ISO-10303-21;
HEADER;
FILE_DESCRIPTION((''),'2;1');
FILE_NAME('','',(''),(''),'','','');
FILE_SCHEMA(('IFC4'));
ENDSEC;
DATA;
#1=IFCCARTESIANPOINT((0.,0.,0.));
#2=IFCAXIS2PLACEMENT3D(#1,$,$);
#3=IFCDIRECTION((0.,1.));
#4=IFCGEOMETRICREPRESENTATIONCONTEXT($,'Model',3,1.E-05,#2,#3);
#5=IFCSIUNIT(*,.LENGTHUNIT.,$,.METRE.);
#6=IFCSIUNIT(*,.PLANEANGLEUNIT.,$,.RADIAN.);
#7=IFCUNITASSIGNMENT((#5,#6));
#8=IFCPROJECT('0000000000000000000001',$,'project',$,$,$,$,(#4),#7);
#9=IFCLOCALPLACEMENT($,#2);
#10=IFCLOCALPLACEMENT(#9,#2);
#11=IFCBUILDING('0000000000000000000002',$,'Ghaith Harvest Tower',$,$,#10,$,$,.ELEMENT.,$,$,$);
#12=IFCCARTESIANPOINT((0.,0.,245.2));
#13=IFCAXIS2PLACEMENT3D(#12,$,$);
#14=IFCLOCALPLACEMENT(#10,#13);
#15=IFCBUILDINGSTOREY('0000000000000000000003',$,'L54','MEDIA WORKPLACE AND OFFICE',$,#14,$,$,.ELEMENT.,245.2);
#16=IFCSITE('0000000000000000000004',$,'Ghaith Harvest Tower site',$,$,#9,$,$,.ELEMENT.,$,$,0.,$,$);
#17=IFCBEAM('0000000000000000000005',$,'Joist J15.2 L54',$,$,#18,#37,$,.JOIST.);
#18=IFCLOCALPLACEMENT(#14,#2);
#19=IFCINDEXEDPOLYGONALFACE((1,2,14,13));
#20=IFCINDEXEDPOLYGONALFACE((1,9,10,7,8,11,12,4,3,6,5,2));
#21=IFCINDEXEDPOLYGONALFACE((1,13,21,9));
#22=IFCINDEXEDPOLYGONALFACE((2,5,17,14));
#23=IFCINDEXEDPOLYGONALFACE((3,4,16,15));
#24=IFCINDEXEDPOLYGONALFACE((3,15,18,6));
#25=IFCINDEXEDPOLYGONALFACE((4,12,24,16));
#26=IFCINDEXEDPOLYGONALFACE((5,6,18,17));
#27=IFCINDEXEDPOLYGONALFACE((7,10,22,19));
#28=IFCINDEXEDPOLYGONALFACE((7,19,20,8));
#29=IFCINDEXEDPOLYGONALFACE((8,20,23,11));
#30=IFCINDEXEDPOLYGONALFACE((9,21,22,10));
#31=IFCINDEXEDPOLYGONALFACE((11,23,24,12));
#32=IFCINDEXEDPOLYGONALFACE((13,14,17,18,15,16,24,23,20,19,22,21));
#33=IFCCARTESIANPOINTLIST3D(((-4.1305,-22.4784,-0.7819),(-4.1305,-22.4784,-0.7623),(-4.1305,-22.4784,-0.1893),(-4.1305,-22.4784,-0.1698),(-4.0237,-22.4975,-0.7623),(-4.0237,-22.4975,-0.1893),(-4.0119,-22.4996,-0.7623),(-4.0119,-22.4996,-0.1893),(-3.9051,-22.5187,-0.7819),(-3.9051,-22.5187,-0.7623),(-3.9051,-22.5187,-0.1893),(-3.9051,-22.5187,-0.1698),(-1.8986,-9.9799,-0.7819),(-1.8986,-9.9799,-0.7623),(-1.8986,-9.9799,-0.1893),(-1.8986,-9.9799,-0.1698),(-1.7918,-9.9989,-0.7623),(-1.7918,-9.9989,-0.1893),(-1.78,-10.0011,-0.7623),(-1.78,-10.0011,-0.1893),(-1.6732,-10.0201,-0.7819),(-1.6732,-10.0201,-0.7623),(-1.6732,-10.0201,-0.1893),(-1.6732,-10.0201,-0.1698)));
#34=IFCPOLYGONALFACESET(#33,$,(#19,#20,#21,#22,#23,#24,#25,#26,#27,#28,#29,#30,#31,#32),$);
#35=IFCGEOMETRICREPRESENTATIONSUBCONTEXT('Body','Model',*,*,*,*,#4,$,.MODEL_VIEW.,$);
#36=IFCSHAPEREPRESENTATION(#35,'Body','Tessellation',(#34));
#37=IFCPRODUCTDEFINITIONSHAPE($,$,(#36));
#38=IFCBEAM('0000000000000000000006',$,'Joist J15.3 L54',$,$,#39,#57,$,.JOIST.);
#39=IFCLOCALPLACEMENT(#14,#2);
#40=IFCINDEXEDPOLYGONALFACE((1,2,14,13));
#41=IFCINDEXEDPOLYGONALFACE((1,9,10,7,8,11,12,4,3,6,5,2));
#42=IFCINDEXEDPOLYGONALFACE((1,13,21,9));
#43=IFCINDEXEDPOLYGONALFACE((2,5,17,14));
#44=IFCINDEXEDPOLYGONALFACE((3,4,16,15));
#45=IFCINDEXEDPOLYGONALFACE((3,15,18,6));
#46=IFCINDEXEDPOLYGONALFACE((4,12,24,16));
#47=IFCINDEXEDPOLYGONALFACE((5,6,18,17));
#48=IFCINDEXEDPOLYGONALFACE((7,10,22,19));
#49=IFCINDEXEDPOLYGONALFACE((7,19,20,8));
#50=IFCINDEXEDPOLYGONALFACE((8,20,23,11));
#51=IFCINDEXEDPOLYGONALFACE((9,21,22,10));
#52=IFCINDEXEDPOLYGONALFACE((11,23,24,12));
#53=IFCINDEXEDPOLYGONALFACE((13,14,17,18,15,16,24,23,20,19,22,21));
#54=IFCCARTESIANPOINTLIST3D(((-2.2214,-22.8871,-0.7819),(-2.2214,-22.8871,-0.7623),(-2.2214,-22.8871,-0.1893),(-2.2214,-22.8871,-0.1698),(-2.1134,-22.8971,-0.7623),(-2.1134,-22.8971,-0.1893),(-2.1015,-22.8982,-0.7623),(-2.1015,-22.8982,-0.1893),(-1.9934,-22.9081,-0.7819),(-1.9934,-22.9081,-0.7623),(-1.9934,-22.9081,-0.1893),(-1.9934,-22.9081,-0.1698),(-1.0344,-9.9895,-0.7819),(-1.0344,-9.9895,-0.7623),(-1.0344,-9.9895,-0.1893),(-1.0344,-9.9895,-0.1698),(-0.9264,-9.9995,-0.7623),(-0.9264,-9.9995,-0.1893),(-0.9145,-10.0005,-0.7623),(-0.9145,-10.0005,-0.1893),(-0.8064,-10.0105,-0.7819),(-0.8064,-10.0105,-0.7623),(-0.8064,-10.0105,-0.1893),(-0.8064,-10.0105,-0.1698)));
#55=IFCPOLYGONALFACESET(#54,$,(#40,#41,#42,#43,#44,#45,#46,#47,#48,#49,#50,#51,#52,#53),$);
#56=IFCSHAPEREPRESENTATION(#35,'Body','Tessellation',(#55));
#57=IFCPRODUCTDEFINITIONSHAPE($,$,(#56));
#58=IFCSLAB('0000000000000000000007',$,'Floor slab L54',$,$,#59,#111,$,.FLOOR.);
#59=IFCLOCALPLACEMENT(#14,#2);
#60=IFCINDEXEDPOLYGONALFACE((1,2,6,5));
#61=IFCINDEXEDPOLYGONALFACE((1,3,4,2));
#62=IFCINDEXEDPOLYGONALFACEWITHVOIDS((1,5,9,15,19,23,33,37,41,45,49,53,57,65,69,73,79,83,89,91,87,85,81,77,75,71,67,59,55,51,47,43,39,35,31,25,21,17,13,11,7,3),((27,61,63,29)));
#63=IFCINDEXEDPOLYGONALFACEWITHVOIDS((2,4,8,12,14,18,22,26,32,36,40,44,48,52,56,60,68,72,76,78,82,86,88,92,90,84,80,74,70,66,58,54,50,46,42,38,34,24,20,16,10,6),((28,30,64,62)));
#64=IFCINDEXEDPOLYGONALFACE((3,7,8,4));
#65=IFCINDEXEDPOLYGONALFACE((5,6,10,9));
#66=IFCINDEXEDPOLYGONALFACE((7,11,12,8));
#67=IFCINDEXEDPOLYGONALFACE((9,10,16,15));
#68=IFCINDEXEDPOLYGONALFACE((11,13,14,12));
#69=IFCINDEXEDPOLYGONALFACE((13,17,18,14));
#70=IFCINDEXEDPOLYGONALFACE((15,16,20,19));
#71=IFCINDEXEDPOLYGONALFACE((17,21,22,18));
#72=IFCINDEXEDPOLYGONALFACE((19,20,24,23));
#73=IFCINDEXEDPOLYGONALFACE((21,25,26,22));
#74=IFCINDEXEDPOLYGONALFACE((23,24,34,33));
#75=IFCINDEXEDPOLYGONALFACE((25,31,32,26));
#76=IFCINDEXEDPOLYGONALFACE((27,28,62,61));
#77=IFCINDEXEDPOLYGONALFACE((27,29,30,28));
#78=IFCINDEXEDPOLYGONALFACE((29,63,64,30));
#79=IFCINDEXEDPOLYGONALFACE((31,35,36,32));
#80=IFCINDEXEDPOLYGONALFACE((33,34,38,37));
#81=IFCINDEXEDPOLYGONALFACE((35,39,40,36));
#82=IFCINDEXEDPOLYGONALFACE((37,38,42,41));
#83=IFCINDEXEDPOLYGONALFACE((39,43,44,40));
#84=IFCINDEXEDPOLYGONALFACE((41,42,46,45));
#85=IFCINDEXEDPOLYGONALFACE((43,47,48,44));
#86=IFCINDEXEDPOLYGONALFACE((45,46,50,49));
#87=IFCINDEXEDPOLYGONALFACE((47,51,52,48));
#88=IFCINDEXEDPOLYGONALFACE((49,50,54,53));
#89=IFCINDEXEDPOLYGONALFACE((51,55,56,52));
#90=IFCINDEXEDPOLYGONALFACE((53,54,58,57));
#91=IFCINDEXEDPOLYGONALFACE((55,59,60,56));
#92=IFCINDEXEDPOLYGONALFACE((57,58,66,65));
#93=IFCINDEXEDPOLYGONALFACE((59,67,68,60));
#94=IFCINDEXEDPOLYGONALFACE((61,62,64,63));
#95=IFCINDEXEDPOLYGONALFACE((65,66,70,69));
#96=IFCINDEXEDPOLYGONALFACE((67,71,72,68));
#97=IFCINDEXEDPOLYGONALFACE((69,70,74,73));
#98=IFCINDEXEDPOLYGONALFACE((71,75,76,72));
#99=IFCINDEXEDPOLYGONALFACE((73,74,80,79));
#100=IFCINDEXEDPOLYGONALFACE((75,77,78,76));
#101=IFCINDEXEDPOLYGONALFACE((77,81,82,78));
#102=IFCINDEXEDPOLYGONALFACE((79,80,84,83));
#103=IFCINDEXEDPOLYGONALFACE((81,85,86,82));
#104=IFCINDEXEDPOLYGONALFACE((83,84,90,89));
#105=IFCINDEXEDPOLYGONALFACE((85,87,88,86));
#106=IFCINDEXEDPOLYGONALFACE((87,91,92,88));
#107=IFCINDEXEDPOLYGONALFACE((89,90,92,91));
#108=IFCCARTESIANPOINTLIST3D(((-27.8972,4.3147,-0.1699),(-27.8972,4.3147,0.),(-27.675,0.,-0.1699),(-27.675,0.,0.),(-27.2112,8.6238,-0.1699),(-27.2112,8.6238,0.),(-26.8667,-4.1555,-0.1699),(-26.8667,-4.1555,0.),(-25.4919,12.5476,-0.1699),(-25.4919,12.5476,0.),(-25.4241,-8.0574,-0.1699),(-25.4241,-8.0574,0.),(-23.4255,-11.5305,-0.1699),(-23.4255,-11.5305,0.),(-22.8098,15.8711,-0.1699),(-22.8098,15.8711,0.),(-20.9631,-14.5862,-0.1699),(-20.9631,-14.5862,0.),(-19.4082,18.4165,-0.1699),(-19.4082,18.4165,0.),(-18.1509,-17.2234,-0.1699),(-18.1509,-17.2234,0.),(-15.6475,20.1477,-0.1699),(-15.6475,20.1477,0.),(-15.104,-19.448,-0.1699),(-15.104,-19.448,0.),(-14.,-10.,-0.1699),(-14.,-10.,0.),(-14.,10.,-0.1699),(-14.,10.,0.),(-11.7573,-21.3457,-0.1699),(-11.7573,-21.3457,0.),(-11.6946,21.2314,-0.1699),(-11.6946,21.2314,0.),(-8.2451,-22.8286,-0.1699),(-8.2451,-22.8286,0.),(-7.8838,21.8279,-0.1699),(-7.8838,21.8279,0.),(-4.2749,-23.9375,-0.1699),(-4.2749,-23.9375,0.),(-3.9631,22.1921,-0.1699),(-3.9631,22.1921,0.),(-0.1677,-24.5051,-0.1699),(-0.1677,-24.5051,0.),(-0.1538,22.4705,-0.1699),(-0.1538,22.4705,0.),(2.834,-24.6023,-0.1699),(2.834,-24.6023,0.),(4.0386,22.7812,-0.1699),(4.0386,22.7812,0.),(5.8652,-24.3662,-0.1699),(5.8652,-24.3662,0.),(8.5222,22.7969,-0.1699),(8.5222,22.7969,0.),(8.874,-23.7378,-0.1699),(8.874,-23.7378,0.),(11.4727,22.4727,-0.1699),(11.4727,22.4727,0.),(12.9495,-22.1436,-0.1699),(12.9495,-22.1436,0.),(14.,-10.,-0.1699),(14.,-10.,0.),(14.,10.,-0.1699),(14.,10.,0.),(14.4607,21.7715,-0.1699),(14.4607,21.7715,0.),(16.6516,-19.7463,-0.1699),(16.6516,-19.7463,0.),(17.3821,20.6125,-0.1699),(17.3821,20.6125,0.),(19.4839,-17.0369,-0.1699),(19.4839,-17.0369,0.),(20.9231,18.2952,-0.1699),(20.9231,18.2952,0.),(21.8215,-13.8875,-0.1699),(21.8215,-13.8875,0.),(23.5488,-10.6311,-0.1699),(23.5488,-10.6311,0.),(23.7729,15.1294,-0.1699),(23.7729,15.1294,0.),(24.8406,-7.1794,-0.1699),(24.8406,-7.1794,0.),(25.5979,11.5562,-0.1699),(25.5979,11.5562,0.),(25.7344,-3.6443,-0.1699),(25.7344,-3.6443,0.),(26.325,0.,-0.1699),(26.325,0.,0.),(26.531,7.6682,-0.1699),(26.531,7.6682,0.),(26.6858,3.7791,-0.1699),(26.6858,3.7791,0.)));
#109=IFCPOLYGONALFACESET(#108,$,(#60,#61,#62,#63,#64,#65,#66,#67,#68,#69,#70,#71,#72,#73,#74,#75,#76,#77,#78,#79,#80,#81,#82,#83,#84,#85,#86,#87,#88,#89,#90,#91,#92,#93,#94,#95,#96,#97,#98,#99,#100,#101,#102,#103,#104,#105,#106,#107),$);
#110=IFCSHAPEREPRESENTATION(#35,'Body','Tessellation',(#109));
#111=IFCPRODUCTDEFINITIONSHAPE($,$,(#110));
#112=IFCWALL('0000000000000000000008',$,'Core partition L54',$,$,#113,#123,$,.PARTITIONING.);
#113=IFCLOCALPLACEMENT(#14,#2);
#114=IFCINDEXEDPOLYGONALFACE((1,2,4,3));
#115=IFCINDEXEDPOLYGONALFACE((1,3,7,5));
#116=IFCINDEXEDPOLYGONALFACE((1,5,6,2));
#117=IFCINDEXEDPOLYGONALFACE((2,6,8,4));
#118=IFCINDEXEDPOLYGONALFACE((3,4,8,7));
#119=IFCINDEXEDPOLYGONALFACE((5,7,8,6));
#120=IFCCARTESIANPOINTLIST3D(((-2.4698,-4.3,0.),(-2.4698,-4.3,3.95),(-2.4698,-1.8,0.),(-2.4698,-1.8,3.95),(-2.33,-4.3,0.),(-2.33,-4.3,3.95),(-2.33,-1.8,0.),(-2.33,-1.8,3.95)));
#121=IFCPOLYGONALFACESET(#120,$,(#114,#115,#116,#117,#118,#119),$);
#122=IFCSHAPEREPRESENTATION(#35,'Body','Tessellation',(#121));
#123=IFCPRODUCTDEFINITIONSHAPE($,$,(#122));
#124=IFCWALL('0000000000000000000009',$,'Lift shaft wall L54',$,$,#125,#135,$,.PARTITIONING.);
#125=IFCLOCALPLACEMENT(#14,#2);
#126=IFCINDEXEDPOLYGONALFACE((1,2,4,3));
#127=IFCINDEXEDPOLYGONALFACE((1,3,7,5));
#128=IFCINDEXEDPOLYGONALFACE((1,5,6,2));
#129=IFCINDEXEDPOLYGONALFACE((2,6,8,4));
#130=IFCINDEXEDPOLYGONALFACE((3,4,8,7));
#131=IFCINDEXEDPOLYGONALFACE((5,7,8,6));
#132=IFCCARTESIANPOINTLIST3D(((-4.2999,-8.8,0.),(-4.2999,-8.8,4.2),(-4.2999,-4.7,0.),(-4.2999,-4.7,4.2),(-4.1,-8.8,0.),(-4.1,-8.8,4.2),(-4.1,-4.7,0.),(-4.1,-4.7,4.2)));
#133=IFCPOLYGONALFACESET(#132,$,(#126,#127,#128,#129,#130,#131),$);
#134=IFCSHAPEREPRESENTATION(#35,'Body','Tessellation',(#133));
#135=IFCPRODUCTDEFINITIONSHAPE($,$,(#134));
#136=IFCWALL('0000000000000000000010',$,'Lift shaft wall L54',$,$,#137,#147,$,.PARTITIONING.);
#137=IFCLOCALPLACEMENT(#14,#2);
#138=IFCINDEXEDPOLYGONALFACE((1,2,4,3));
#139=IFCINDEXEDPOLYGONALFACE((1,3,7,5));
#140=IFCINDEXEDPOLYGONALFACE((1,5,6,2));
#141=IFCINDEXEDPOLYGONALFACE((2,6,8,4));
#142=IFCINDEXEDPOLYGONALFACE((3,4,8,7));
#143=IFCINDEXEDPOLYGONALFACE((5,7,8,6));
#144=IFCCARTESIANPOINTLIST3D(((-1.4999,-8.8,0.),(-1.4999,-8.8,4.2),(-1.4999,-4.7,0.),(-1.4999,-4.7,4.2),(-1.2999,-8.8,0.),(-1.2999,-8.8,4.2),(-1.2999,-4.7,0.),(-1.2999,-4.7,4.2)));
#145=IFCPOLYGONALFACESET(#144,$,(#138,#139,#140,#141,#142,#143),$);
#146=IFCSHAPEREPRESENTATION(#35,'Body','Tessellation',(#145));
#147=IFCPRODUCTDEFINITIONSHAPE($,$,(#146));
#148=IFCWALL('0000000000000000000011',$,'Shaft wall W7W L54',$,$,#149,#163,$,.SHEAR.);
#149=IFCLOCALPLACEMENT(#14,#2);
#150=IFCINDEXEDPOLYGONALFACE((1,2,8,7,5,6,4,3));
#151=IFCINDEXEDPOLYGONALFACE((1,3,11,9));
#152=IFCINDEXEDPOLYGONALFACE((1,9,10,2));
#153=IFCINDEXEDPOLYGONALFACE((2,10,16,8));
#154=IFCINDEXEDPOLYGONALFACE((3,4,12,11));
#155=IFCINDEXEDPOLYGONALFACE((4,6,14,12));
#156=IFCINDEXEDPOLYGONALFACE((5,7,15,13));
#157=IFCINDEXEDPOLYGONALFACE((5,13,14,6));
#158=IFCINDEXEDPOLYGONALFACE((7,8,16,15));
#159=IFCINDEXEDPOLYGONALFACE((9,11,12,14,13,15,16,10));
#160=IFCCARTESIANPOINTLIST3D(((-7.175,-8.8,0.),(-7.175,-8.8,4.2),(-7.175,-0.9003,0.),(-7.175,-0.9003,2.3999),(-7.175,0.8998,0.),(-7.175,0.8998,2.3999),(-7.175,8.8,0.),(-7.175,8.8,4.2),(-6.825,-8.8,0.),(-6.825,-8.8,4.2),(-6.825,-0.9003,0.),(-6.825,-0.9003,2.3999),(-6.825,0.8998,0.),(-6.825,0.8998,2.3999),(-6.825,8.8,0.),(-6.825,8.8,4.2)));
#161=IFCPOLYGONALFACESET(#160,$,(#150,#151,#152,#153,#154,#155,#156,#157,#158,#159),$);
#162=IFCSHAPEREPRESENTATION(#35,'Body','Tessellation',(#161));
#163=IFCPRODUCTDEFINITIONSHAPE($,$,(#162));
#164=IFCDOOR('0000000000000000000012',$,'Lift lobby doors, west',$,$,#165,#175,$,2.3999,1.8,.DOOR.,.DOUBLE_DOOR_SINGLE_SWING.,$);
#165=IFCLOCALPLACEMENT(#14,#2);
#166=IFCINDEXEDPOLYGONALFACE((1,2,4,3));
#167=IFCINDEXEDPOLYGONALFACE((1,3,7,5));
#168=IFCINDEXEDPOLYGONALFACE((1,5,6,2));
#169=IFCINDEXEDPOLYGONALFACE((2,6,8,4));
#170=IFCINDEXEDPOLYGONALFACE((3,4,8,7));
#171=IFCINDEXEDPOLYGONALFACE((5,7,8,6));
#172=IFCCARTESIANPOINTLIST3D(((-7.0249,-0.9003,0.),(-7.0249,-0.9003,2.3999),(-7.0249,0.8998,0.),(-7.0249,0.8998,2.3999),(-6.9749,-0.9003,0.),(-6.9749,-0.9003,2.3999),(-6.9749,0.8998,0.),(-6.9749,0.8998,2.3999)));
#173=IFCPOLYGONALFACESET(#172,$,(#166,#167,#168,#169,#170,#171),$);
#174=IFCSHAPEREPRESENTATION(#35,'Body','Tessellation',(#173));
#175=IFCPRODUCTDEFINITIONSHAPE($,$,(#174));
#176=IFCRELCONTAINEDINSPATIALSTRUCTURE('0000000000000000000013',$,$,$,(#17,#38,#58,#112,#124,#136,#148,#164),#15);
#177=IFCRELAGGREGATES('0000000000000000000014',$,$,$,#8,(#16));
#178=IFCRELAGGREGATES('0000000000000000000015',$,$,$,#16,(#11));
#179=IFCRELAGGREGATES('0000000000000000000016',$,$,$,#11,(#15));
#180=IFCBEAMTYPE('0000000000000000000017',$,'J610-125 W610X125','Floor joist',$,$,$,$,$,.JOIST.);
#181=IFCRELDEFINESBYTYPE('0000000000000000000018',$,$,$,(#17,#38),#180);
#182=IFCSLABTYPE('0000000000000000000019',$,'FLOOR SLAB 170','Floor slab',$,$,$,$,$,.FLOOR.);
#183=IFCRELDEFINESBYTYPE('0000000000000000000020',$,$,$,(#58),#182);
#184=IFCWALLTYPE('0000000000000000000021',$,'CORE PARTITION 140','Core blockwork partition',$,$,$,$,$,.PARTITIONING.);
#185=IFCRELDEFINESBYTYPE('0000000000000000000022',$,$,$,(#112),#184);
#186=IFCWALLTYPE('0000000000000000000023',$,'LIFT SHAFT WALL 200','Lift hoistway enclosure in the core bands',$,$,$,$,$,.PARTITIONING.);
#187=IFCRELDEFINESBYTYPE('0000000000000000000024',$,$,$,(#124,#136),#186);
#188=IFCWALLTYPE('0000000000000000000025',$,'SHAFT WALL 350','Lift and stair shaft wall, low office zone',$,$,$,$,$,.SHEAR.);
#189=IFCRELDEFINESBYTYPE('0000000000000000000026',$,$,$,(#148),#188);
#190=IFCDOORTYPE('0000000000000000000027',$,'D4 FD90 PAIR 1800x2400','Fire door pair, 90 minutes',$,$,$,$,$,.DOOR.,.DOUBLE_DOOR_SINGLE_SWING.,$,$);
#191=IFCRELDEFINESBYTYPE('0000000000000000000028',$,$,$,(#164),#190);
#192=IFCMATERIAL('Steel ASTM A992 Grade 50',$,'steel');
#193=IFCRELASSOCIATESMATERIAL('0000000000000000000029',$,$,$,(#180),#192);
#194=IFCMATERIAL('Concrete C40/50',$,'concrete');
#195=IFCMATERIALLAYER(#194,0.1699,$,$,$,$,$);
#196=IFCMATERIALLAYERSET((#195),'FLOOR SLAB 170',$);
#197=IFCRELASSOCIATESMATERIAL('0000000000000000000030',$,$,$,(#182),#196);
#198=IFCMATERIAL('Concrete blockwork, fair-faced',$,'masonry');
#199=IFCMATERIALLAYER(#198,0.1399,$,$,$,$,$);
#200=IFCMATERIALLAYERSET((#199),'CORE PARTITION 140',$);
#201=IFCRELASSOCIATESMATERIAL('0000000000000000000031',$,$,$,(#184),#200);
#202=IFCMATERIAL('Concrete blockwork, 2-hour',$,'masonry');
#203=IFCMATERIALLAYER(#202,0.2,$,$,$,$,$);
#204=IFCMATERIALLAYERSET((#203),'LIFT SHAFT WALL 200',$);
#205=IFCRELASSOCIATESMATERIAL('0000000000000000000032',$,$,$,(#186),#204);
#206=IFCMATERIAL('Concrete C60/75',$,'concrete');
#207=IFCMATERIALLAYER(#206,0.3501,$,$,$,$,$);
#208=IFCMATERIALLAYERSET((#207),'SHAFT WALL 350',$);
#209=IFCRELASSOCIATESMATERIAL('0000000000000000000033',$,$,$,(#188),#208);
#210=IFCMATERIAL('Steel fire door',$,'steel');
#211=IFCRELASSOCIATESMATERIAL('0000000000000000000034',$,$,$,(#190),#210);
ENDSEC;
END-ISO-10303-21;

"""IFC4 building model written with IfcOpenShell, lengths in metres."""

from ifc_helpers import new_model, si_unit, direction, frame, frame_2d, origin, origin_2d, place, context, subcontext, project, spatial, polyline, rectangle, i_section, outline, extrude, material, layer, layer_set, material_profile, profile_set, type_object, element, fill, save


model = new_model("IFC4")

# Units and contexts
model_context = context("Model", 3, precision=1e-05, world=origin(), true_north=direction((0.0, 1.0)))
body_context = subcontext(model_context, "Body", "Model", "MODEL_VIEW")
ifc_project = project(units=[si_unit("LENGTHUNIT", "METRE"), si_unit("PLANEANGLEUNIT", "RADIAN")], contexts=[model_context])

# Site, building, storey
site_placement = place(None, origin())
site = spatial("IfcSite", under=ifc_project, at=site_placement, Name="Ghaith Harvest Tower site", CompositionType="ELEMENT", RefElevation=0.0)
building_placement = place(site_placement, origin())
building = spatial("IfcBuilding", under=site, at=building_placement, Name="Ghaith Harvest Tower", CompositionType="ELEMENT")
storey_placement = place(building_placement, frame((0.0, 0.0, 245.2)))
storey = spatial("IfcBuildingStorey", under=building, at=storey_placement, Name="L54", Description="MEDIA WORKPLACE AND OFFICE", CompositionType="ELEMENT", Elevation=245.2)

# Beams
ifc_material_1 = material(Name="Steel ASTM A992 Grade 50", Category="steel")
ifc_material_profile_1 = material_profile(ifc_material_1, i_section(OverallWidth=0.229, OverallDepth=0.6121, WebThickness=0.012, FlangeThickness=0.0195, at=origin_2d()), Name="W610X125")
ifc_profile_set_1 = profile_set([ifc_material_profile_1], Name="Steel ASTM A992 Grade 50")
beam_type_1 = type_object("IfcBeamType", Name="J610-125 W610X125", Description="Floor joist", PredefinedType="JOIST", material=ifc_profile_set_1)
beam_1_placement = place(storey_placement, frame((-1.7859, -10.0, -0.4758), z_axis=(-0.175795, -0.984427, 0.0), x_axis=(0.984427, -0.175795, 0.0)))
element("IfcBeam", 1, at=beam_1_placement, inside=storey, type_object=beam_type_1, Name="Joist J15.2 L54", PredefinedType="JOIST", context=body_context, shape_type="SweptSolid", body=[
    extrude(i_section(OverallWidth=0.229, OverallDepth=0.6121, WebThickness=0.012, FlangeThickness=0.0195, at=origin_2d()), origin(), (0.0, 0.0, 1.0), 12.6963),
])
beam_2_placement = place(storey_placement, frame((-0.9204, -10.0, -0.4758), z_axis=(-0.091645, -0.995792, 0.0), x_axis=(0.995792, -0.091645, 0.0)))
element("IfcBeam", 2, at=beam_2_placement, inside=storey, type_object=beam_type_1, Name="Joist J15.3 L54", PredefinedType="JOIST", context=body_context, shape_type="SweptSolid", body=[
    extrude(i_section(OverallWidth=0.229, OverallDepth=0.6121, WebThickness=0.012, FlangeThickness=0.0195, at=origin_2d()), origin(), (0.0, 0.0, 1.0), 12.9521),
])

# Slab
ifc_material_2 = material(Name="Concrete C40/50", Category="concrete")
ifc_layer_1 = layer(ifc_material_2, 0.1699)
ifc_layer_set_1 = layer_set([ifc_layer_1], Name="FLOOR SLAB 170")
slab_type = type_object("IfcSlabType", Name="FLOOR SLAB 170", Description="Floor slab", PredefinedType="FLOOR", material=ifc_layer_set_1)
slab_placement = place(storey_placement, frame((0.0, 0.0, -0.1699)))
element("IfcSlab", 3, at=slab_placement, inside=storey, type_object=slab_type, Name="Floor slab L54", PredefinedType="FLOOR", context=body_context, shape_type="SweptSolid", body=[
    extrude(outline(polyline([(26.325, 0.0), (26.6858, 3.7791), (26.531, 7.6682), (25.5979, 11.5562), (23.7729, 15.1294), (20.9231, 18.2952), (17.3821, 20.6125), (14.4607, 21.7715), (11.4727, 22.4727), (8.5222, 22.7969), (4.0386, 22.7812), (-0.1538, 22.4705), (-3.9631, 22.1921), (-7.8838, 21.8279), (-11.6946, 21.2314), (-15.6475, 20.1477), (-19.4082, 18.4165), (-22.8098, 15.8711), (-25.4919, 12.5476), (-27.2112, 8.6238), (-27.8972, 4.3147), (-27.675, 0.0), (-26.8667, -4.1555), (-25.4241, -8.0574), (-23.4255, -11.5305), (-20.9631, -14.5862), (-18.1509, -17.2234), (-15.104, -19.448), (-11.7573, -21.3457), (-8.2451, -22.8286), (-4.2749, -23.9375), (-0.1677, -24.5051), (2.834, -24.6023), (5.8652, -24.3662), (8.874, -23.7378), (12.9495, -22.1436), (16.6516, -19.7463), (19.4839, -17.0369), (21.8215, -13.8875), (23.5488, -10.6311), (24.8406, -7.1794), (25.7344, -3.6443), (26.325, 0.0)]), holes=[polyline([(-14.0, -10.0), (14.0, -10.0), (14.0, 10.0), (-14.0, 10.0), (-14.0, -10.0)])]), origin(), (0.0, 0.0, 1.0), 0.1699),
])

# Walls
ifc_material_3 = material(Name="Concrete blockwork, fair-faced", Category="masonry")
ifc_layer_2 = layer(ifc_material_3, 0.1399)
ifc_layer_set_2 = layer_set([ifc_layer_2], Name="CORE PARTITION 140")
wall_type_1 = type_object("IfcWallType", Name="CORE PARTITION 140", Description="Core blockwork partition", PredefinedType="PARTITIONING", material=ifc_layer_set_2)
wall_1_placement = place(storey_placement, frame((-2.3999, -1.8, 0.0), z_axis=(0.0, 0.0, 1.0), x_axis=(0.0, -1.0, 0.0)))
element("IfcWall", 4, at=wall_1_placement, inside=storey, type_object=wall_type_1, Name="Core partition L54", PredefinedType="PARTITIONING", context=body_context, shape_type="SweptSolid", body=[
    extrude(rectangle(XDim=2.5, YDim=0.1399, at=frame_2d((1.25, 0.0))), origin(), (0.0, 0.0, 1.0), 3.95),
])
ifc_material_4 = material(Name="Concrete blockwork, 2-hour", Category="masonry")
ifc_layer_3 = layer(ifc_material_4, 0.2)
ifc_layer_set_3 = layer_set([ifc_layer_3], Name="LIFT SHAFT WALL 200")
wall_type_2 = type_object("IfcWallType", Name="LIFT SHAFT WALL 200", Description="Lift hoistway enclosure in the core bands", PredefinedType="PARTITIONING", material=ifc_layer_set_3)
for number, where, z_axis, x_axis, name in (
    (5, (-4.2, -4.7, 0.0), (0.0, 0.0, 1.0), (0.0, -1.0, 0.0), "Lift shaft wall L54"),
    (6, (-1.3999, -4.7, 0.0), (0.0, 0.0, 1.0), (0.0, -1.0, 0.0), "Lift shaft wall L54"),
):
    element("IfcWall", number, at=place(storey_placement, frame(where, z_axis=z_axis, x_axis=x_axis)), inside=storey, type_object=wall_type_2, Name=name, PredefinedType="PARTITIONING", context=body_context, shape_type="SweptSolid", body=[
        extrude(rectangle(XDim=4.1001, YDim=0.2, at=frame_2d((2.05, 0.0))), origin(), (0.0, 0.0, 1.0), 4.2),
    ])

# Wall, opening, door
ifc_material_5 = material(Name="Concrete C60/75", Category="concrete")
ifc_layer_4 = layer(ifc_material_5, 0.3501)
ifc_layer_set_4 = layer_set([ifc_layer_4], Name="SHAFT WALL 350")
wall_type_3 = type_object("IfcWallType", Name="SHAFT WALL 350", Description="Lift and stair shaft wall, low office zone", PredefinedType="SHEAR", material=ifc_layer_set_4)
wall_2_placement = place(storey_placement, frame((-7.0, -8.8, 0.0), z_axis=(0.0, 0.0, 1.0), x_axis=(0.0, 1.0, 0.0)))
wall_2 = element("IfcWall", 7, at=wall_2_placement, inside=storey, type_object=wall_type_3, Name="Shaft wall W7W L54", PredefinedType="SHEAR", context=body_context, shape_type="SweptSolid", body=[
    extrude(rectangle(XDim=17.6001, YDim=0.3501, at=frame_2d((8.8, 0.0))), origin(), (0.0, 0.0, 1.0), 4.2),
])
opening_1_placement = place(wall_2_placement, frame((7.8999, 0.0, 0.0)))
opening_1 = element("IfcOpeningElement", 8, at=opening_1_placement, cuts=wall_2, PredefinedType="OPENING", context=body_context, shape_type="SweptSolid", body=[
    extrude(rectangle(XDim=1.8, YDim=2.3999, at=frame_2d((0.8999, 1.2))), frame((0.0, 0.1851, 0.0), z_axis=(0.0, -1.0, 0.0), x_axis=(1.0, 0.0, 0.0)), (0.0, 0.0, 1.0), 0.3701),
])
ifc_material_6 = material(Name="Steel fire door", Category="steel")
door_type_1 = type_object("IfcDoorType", Name="D4 FD90 PAIR 1800x2400", Description="Fire door pair, 90 minutes", OperationType="DOUBLE_DOOR_SINGLE_SWING", PredefinedType="DOOR", material=ifc_material_6)
door_1_placement = place(opening_1_placement, origin())
door_1 = element("IfcDoor", 9, at=door_1_placement, inside=storey, type_object=door_type_1, Name="Lift lobby doors, west", OperationType="DOUBLE_DOOR_SINGLE_SWING", OverallHeight=2.3999, OverallWidth=1.8, PredefinedType="DOOR", context=body_context, shape_type="SweptSolid", body=[
    extrude(rectangle(XDim=1.8, YDim=2.3999, at=frame_2d((0.8999, 1.2))), frame((0.0, 0.0249, 0.0), z_axis=(0.0, -1.0, 0.0), x_axis=(1.0, 0.0, 0.0)), (0.0, 0.0, 1.0), 0.05),
])
fill(opening_1, door_1)

save(model, "model.ifc")
